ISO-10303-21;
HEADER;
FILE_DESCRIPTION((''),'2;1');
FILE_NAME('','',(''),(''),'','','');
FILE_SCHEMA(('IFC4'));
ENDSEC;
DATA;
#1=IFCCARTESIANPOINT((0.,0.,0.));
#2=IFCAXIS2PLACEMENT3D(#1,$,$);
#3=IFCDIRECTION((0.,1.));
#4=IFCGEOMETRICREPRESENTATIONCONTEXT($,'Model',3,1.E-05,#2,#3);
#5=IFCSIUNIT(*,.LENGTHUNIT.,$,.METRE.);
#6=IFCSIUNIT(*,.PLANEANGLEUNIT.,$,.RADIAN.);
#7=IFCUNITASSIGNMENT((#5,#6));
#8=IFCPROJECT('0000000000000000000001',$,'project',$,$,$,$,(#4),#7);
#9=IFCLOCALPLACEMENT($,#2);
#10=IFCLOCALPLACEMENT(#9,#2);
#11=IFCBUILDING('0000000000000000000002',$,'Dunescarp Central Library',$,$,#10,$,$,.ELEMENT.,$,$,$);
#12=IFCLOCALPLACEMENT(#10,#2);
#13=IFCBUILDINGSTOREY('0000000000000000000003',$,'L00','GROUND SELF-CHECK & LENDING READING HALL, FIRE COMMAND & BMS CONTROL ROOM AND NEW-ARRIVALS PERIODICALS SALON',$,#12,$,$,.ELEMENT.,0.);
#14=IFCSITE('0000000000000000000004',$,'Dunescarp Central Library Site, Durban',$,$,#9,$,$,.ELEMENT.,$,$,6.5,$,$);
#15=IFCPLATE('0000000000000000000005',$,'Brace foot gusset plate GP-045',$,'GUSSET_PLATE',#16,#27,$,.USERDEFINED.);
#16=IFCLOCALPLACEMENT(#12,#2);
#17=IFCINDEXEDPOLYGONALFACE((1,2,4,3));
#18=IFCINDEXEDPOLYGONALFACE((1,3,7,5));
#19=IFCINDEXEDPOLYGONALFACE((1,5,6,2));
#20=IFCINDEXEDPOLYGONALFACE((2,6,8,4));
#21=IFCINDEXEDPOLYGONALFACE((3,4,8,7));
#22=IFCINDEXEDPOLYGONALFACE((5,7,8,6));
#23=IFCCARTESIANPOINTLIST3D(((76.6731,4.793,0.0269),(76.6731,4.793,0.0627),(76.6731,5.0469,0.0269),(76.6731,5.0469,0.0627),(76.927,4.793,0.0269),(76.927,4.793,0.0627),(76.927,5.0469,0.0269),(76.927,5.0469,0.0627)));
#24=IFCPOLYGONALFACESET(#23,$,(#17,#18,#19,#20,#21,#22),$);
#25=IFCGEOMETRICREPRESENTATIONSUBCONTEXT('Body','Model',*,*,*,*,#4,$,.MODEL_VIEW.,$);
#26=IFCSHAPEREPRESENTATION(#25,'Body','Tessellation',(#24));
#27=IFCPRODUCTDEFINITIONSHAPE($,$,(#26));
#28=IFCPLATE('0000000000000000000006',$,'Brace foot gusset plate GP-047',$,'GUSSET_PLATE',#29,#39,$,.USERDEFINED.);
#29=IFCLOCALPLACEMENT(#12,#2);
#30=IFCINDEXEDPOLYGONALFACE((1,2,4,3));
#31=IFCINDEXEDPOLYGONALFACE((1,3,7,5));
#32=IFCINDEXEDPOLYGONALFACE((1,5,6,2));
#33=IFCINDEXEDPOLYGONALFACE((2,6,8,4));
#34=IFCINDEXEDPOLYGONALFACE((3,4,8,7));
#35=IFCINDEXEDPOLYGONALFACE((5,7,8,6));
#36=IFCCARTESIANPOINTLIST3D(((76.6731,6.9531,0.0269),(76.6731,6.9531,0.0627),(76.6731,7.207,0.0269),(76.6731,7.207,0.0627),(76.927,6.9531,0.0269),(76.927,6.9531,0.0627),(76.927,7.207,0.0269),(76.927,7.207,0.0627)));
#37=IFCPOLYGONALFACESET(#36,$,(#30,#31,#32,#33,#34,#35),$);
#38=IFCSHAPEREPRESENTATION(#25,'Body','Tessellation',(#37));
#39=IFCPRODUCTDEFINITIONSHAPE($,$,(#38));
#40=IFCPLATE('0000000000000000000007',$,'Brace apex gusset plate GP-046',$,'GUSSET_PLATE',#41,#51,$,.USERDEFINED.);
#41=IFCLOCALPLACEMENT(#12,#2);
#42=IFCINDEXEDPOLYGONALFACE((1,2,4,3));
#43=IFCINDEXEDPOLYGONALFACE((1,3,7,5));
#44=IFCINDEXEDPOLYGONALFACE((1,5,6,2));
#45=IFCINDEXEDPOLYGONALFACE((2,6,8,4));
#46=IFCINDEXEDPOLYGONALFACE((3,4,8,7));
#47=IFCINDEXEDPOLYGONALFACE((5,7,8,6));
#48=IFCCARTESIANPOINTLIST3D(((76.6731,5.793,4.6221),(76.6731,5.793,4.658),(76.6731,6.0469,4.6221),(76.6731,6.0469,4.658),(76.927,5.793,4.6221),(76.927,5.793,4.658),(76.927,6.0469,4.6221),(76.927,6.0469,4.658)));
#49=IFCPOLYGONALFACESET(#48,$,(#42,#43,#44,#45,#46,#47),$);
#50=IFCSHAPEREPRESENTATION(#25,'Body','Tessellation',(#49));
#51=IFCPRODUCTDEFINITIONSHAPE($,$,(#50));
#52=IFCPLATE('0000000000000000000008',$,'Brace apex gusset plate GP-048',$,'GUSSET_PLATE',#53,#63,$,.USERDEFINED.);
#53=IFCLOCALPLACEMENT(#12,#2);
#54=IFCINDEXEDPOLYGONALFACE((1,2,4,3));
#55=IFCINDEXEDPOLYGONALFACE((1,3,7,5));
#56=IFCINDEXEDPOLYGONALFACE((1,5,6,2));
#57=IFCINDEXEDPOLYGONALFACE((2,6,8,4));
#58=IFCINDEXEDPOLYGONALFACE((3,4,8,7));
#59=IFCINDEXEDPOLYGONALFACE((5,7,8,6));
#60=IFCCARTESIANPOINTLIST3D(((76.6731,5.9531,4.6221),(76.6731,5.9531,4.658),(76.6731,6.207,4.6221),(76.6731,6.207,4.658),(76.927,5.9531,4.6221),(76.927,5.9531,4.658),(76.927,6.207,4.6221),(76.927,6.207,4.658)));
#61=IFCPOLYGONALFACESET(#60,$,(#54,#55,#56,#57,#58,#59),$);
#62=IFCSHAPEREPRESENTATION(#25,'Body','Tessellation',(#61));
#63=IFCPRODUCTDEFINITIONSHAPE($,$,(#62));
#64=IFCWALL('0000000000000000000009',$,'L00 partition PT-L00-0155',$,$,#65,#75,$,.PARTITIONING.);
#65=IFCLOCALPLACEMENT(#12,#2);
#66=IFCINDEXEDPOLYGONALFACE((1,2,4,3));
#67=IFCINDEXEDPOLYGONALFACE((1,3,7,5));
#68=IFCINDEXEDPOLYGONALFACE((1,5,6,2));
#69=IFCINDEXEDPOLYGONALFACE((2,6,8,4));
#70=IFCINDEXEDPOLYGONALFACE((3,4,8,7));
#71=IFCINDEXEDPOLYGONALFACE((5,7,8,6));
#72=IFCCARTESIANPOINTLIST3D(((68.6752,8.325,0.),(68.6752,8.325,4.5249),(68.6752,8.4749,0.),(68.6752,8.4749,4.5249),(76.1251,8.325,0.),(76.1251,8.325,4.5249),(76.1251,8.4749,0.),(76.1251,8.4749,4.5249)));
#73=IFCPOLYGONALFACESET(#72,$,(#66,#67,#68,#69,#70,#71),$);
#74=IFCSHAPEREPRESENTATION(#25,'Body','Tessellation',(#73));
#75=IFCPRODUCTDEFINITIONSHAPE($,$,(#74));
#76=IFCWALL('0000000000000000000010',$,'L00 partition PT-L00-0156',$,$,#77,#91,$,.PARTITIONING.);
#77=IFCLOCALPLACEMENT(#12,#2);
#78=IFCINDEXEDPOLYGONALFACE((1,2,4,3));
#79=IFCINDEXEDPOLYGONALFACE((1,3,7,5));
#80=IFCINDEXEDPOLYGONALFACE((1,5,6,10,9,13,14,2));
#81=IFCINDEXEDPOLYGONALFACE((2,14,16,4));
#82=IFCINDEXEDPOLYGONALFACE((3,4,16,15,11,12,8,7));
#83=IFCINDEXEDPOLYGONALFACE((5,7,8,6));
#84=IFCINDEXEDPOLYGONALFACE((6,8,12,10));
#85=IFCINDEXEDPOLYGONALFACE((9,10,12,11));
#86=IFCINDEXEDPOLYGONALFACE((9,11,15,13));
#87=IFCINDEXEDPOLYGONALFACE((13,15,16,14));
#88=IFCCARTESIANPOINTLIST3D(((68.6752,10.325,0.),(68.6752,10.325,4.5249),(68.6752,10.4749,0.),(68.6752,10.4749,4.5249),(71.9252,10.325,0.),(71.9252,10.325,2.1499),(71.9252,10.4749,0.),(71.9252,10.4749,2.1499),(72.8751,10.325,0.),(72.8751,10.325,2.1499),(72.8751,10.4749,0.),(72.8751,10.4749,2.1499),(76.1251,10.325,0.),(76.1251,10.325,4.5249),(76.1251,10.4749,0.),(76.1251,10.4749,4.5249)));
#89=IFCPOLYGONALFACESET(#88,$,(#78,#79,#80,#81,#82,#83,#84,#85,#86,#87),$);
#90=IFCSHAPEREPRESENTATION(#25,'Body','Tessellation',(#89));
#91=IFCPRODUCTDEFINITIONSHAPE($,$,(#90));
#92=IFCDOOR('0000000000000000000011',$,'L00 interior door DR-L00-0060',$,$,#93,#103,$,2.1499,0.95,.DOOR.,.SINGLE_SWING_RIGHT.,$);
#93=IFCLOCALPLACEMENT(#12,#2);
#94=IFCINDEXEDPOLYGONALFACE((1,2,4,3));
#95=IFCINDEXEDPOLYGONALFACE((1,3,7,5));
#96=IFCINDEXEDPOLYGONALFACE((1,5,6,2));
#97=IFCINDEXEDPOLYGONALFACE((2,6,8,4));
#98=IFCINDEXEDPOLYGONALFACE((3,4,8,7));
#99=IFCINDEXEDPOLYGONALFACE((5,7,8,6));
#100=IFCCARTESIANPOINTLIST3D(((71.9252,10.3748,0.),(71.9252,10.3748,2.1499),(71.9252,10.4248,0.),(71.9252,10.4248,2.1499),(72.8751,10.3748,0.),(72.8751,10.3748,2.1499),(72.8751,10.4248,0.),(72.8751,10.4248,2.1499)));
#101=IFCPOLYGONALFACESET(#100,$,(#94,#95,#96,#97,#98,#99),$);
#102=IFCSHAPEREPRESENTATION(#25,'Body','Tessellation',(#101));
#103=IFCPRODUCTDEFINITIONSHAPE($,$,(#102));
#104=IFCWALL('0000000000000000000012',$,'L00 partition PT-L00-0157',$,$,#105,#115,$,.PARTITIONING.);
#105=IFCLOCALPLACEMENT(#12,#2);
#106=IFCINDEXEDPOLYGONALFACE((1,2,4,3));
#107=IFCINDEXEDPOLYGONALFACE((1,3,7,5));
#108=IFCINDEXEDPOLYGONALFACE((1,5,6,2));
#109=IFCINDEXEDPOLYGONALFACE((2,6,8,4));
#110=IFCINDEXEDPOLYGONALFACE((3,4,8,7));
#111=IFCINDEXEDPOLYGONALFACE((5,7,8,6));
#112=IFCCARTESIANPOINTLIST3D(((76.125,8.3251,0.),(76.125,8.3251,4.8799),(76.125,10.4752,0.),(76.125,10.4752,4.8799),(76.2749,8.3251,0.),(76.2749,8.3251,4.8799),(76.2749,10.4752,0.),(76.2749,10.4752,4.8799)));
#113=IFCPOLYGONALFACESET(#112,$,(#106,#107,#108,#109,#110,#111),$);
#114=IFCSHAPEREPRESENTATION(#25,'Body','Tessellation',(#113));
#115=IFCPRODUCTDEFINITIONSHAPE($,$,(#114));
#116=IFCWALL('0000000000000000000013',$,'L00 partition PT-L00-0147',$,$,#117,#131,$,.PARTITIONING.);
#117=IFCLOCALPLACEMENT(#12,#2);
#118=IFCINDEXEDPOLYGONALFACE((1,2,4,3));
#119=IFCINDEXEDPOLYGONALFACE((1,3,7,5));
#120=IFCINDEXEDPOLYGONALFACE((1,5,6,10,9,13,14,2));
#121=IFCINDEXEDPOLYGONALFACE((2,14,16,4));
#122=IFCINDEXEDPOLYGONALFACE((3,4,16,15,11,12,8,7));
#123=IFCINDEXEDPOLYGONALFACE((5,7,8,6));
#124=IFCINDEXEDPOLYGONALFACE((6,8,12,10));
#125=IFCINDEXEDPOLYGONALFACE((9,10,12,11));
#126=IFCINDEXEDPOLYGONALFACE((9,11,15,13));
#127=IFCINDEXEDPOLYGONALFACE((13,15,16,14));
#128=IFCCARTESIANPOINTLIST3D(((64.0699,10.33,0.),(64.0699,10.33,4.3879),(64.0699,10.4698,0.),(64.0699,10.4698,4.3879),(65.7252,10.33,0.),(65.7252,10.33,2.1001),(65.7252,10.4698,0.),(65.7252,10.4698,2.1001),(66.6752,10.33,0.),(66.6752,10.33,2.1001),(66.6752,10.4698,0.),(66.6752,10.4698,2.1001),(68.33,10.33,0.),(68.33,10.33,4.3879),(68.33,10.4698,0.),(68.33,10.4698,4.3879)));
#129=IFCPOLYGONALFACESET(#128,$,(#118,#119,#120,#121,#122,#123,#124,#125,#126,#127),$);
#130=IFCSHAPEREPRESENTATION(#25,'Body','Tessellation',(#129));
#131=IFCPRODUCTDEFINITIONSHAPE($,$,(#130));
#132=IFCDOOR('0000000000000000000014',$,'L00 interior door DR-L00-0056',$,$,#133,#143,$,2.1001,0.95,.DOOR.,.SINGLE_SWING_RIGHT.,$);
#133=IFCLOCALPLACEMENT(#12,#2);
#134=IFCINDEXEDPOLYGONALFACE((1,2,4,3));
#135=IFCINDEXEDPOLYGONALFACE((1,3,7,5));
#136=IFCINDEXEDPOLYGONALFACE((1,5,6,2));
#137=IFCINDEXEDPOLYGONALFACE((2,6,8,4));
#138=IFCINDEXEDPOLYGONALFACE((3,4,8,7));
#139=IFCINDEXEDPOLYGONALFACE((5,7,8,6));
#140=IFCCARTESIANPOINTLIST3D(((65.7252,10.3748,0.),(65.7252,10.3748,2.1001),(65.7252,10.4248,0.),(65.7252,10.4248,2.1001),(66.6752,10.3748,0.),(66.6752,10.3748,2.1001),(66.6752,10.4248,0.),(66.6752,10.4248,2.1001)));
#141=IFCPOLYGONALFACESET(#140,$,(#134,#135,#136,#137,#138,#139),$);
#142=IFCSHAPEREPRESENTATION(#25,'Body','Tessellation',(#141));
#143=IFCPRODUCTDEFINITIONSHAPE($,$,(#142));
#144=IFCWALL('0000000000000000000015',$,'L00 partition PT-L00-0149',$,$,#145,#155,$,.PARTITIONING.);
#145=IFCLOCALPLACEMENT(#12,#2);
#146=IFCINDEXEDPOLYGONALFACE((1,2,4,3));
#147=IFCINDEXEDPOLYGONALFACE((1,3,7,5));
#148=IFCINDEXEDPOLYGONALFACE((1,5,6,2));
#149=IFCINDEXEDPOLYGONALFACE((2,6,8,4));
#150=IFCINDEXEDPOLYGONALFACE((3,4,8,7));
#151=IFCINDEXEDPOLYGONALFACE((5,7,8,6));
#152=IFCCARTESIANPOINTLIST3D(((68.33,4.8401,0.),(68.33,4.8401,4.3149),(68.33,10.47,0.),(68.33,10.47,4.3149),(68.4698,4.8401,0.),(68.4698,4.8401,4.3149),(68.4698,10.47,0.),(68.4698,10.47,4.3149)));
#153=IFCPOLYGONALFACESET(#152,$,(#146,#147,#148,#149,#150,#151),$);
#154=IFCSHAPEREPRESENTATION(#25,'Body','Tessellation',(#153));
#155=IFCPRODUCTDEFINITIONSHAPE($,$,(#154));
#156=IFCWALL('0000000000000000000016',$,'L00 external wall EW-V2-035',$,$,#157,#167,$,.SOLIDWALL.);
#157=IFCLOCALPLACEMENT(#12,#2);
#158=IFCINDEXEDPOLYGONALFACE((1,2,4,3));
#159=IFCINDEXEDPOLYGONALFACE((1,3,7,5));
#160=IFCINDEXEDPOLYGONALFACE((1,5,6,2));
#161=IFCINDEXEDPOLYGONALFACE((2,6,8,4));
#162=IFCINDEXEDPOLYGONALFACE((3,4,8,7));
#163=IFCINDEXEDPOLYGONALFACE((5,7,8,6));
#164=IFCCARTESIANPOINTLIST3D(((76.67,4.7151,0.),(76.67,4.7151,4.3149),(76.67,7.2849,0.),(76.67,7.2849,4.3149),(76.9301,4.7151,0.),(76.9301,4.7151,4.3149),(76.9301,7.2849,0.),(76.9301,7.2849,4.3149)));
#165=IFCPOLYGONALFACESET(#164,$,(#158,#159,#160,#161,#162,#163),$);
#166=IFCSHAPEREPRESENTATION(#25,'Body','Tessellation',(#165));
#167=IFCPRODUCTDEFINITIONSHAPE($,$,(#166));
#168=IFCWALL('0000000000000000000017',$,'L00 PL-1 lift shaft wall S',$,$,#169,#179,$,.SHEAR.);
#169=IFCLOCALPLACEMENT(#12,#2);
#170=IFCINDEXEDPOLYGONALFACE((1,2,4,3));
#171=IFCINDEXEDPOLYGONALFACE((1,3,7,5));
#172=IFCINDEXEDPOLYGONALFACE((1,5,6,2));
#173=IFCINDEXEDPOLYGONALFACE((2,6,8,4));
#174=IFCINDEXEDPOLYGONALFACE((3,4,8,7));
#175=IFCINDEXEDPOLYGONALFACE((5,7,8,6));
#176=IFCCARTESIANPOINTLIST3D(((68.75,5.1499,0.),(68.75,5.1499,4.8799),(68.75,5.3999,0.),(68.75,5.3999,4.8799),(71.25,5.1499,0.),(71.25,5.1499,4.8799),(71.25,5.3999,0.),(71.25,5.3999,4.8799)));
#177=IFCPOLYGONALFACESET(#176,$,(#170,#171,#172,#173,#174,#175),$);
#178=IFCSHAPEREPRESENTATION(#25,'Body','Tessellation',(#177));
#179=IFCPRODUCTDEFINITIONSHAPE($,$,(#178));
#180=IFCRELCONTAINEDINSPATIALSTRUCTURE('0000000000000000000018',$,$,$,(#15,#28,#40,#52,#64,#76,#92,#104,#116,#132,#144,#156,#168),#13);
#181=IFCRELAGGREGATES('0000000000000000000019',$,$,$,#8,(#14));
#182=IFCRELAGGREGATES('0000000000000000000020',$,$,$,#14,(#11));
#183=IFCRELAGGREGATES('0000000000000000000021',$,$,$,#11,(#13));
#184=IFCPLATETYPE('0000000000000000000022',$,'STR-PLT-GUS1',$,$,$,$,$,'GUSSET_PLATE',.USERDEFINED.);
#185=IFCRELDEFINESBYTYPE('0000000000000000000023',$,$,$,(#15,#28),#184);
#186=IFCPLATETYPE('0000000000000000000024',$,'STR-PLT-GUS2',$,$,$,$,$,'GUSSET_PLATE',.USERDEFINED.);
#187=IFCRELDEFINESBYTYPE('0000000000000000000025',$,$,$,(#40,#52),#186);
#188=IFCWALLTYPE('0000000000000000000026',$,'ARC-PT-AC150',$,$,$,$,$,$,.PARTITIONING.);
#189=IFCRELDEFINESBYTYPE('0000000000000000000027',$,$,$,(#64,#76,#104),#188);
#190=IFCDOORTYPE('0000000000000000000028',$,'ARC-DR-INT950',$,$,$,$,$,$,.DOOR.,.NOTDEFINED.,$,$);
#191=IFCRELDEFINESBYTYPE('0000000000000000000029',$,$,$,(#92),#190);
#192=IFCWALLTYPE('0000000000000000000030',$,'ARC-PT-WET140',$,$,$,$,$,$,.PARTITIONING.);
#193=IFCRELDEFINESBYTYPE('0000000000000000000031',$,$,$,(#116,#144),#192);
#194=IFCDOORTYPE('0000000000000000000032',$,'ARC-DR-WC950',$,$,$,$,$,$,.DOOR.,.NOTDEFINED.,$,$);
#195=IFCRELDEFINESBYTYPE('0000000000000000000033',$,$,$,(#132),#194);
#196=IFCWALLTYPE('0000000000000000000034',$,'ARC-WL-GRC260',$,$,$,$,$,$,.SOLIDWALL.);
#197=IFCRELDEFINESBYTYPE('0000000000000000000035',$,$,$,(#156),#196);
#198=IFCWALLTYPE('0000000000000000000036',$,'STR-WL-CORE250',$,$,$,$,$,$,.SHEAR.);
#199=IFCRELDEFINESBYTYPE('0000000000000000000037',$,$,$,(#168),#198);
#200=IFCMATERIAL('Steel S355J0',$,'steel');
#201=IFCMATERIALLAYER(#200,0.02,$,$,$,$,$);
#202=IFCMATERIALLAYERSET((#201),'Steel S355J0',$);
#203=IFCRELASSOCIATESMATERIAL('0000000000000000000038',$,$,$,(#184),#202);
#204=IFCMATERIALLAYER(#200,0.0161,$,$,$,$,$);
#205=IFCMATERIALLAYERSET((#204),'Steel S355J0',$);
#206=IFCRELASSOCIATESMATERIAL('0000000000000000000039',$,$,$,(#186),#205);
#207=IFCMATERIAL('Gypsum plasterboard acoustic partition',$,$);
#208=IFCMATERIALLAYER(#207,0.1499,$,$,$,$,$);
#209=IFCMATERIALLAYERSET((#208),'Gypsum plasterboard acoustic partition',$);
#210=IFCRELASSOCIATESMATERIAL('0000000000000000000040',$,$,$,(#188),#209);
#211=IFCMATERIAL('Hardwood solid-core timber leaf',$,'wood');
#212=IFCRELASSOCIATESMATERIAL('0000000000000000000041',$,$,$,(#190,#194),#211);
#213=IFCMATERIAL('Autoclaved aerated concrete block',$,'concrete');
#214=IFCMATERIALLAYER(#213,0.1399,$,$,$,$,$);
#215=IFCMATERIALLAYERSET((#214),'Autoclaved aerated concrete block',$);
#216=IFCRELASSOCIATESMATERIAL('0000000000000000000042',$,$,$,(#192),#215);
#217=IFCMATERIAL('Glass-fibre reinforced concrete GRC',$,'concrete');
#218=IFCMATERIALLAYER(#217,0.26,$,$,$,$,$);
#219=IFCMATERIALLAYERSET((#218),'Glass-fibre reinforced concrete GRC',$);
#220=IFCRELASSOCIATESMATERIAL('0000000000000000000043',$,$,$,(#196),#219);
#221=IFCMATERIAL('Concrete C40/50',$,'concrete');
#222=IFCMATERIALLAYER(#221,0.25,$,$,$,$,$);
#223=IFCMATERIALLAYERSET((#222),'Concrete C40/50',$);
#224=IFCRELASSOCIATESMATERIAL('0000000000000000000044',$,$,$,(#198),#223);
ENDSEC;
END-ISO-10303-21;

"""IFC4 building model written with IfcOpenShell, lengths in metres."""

from ifc_helpers import new_model, si_unit, direction, frame, frame_2d, origin, origin_2d, place, context, subcontext, project, spatial, rectangle, extrude, material, layer, layer_set, type_object, element, fill, save


model = new_model("IFC4")

# Units and contexts
model_context = context("Model", 3, precision=1e-05, world=origin(), true_north=direction((0.0, 1.0)))
body_context = subcontext(model_context, "Body", "Model", "MODEL_VIEW")
ifc_project = project(units=[si_unit("LENGTHUNIT", "METRE"), si_unit("PLANEANGLEUNIT", "RADIAN")], contexts=[model_context])

# Site, building, storey
site_placement = place(None, origin())
site = spatial("IfcSite", under=ifc_project, at=site_placement, Name="Dunescarp Central Library Site, Durban", CompositionType="ELEMENT", RefElevation=6.5)
building_placement = place(site_placement, origin())
building = spatial("IfcBuilding", under=site, at=building_placement, Name="Dunescarp Central Library", CompositionType="ELEMENT")
storey_placement = place(building_placement, origin())
storey = spatial("IfcBuildingStorey", under=building, at=storey_placement, Name="L00", Description="GROUND SELF-CHECK & LENDING READING HALL, FIRE COMMAND & BMS CONTROL ROOM AND NEW-ARRIVALS PERIODICALS SALON", CompositionType="ELEMENT", Elevation=0.0)

# Shared definitions
ifc_material_1 = material(Name="Concrete C40/50", Category="concrete")

# Shared definitions
ifc_material_2 = material(Name="Steel S355J0", Category="steel")

# Plates
ifc_layer_1 = layer(ifc_material_2, 0.02)
ifc_layer_set_1 = layer_set([ifc_layer_1], Name="Steel S355J0")
plate_type_1 = type_object("IfcPlateType", Name="STR-PLT-GUS1", ElementType="GUSSET_PLATE", PredefinedType="USERDEFINED", material=ifc_layer_set_1)
for number, where, z_axis, x_axis, name in (
    (1, (76.8, 4.9199, 0.0269), (0.0, 0.0, 1.0), (1.0, 0.0, 0.0), "Brace foot gusset plate GP-045"),
    (2, (76.8, 7.0801, 0.0269), (0.0, 0.0, 1.0), (1.0, 0.0, 0.0), "Brace foot gusset plate GP-047"),
):
    element("IfcPlate", number, at=place(storey_placement, frame(where, z_axis=z_axis, x_axis=x_axis)), inside=storey, type_object=plate_type_1, Name=name, ObjectType="GUSSET_PLATE", PredefinedType="USERDEFINED", context=body_context, shape_type="SweptSolid", body=[
        extrude(rectangle(XDim=0.2539, YDim=0.2539, at=origin_2d()), origin(), (0.0, 0.0, 1.0), 0.0359),
    ])
ifc_layer_2 = layer(ifc_material_2, 0.0161)
ifc_layer_set_2 = layer_set([ifc_layer_2], Name="Steel S355J0")
plate_type_2 = type_object("IfcPlateType", Name="STR-PLT-GUS2", ElementType="GUSSET_PLATE", PredefinedType="USERDEFINED", material=ifc_layer_set_2)
for number, where, z_axis, x_axis, name in (
    (3, (76.8, 5.9199, 4.6221), (0.0, 0.0, 1.0), (1.0, 0.0, 0.0), "Brace apex gusset plate GP-046"),
    (4, (76.8, 6.0801, 4.6221), (0.0, 0.0, 1.0), (1.0, 0.0, 0.0), "Brace apex gusset plate GP-048"),
):
    element("IfcPlate", number, at=place(storey_placement, frame(where, z_axis=z_axis, x_axis=x_axis)), inside=storey, type_object=plate_type_2, Name=name, ObjectType="GUSSET_PLATE", PredefinedType="USERDEFINED", context=body_context, shape_type="SweptSolid", body=[
        extrude(rectangle(XDim=0.2539, YDim=0.2539, at=origin_2d()), origin(), (0.0, 0.0, 1.0), 0.0359),
    ])

# Wall
ifc_material_3 = material(Name="Gypsum plasterboard acoustic partition")
ifc_layer_3 = layer(ifc_material_3, 0.1499)
ifc_layer_set_3 = layer_set([ifc_layer_3], Name="Gypsum plasterboard acoustic partition")
wall_type_1 = type_object("IfcWallType", Name="ARC-PT-AC150", PredefinedType="PARTITIONING", material=ifc_layer_set_3)
wall_1_placement = place(storey_placement, frame((68.675, 8.3999, 0.0), z_axis=(0.0, 0.0, 1.0), x_axis=(1.0, 0.0, 0.0)))
element("IfcWall", 5, at=wall_1_placement, inside=storey, type_object=wall_type_1, Name="L00 partition PT-L00-0155", PredefinedType="PARTITIONING", context=body_context, shape_type="SweptSolid", body=[
    extrude(rectangle(XDim=7.45, YDim=0.1499, at=frame_2d((3.7251, 0.0))), origin(), (0.0, 0.0, 1.0), 4.5249),
])

# Wall, opening, door
wall_2_placement = place(storey_placement, frame((68.675, 10.3999, 0.0), z_axis=(0.0, 0.0, 1.0), x_axis=(1.0, 0.0, 0.0)))
wall_2 = element("IfcWall", 6, at=wall_2_placement, inside=storey, type_object=wall_type_1, Name="L00 partition PT-L00-0156", PredefinedType="PARTITIONING", context=body_context, shape_type="SweptSolid", body=[
    extrude(rectangle(XDim=7.45, YDim=0.1499, at=frame_2d((3.7251, 0.0))), origin(), (0.0, 0.0, 1.0), 4.5249),
])
opening_1_placement = place(wall_2_placement, frame((3.25, 0.0, 0.0)))
opening_1 = element("IfcOpeningElement", 7, at=opening_1_placement, cuts=wall_2, PredefinedType="OPENING", context=body_context, shape_type="SweptSolid", body=[
    extrude(rectangle(XDim=0.95, YDim=2.1499, at=frame_2d((0.4751, 1.075))), frame((0.0, 0.085, 0.0), z_axis=(0.0, -1.0, 0.0), x_axis=(1.0, 0.0, 0.0)), (0.0, 0.0, 1.0), 0.1699),
])
ifc_material_4 = material(Name="Hardwood solid-core timber leaf", Category="wood")
door_type_1 = type_object("IfcDoorType", Name="ARC-DR-INT950", OperationType="NOTDEFINED", PredefinedType="DOOR", material=ifc_material_4)
door_1_placement = place(opening_1_placement, origin())
door_1 = element("IfcDoor", 8, at=door_1_placement, inside=storey, type_object=door_type_1, Name="L00 interior door DR-L00-0060", OperationType="SINGLE_SWING_RIGHT", OverallHeight=2.1499, OverallWidth=0.95, PredefinedType="DOOR", context=body_context, shape_type="SweptSolid", body=[
    extrude(rectangle(XDim=0.95, YDim=2.1499, at=frame_2d((0.4751, 1.075))), frame((0.0, 0.0249, 0.0), z_axis=(0.0, -1.0, 0.0), x_axis=(1.0, 0.0, 0.0)), (0.0, 0.0, 1.0), 0.05),
])
fill(opening_1, door_1)

# Wall
wall_3_placement = place(storey_placement, frame((76.2, 8.325, 0.0), z_axis=(0.0, 0.0, 1.0), x_axis=(0.0, 1.0, 0.0)))
element("IfcWall", 9, at=wall_3_placement, inside=storey, type_object=wall_type_1, Name="L00 partition PT-L00-0157", PredefinedType="PARTITIONING", context=body_context, shape_type="SweptSolid", body=[
    extrude(rectangle(XDim=2.1501, YDim=0.1499, at=frame_2d((1.0752, 0.0))), origin(), (0.0, 0.0, 1.0), 4.8799),
])

# Wall, opening, door
ifc_material_5 = material(Name="Autoclaved aerated concrete block", Category="concrete")
ifc_layer_4 = layer(ifc_material_5, 0.1399)
ifc_layer_set_4 = layer_set([ifc_layer_4], Name="Autoclaved aerated concrete block")
wall_type_2 = type_object("IfcWallType", Name="ARC-PT-WET140", PredefinedType="PARTITIONING", material=ifc_layer_set_4)
wall_4_placement = place(storey_placement, frame((64.0701, 10.3999, 0.0), z_axis=(0.0, 0.0, 1.0), x_axis=(1.0, 0.0, 0.0)))
wall_4 = element("IfcWall", 10, at=wall_4_placement, inside=storey, type_object=wall_type_2, Name="L00 partition PT-L00-0147", PredefinedType="PARTITIONING", context=body_context, shape_type="SweptSolid", body=[
    extrude(rectangle(XDim=4.26, YDim=0.1399, at=frame_2d((2.1299, 0.0))), origin(), (0.0, 0.0, 1.0), 4.3879),
])
opening_2_placement = place(wall_4_placement, frame((1.655, 0.0, 0.0)))
opening_2 = element("IfcOpeningElement", 11, at=opening_2_placement, cuts=wall_4, PredefinedType="OPENING", context=body_context, shape_type="SweptSolid", body=[
    extrude(rectangle(XDim=0.95, YDim=2.1001, at=frame_2d((0.4751, 1.05))), frame((0.0, 0.0801, 0.0), z_axis=(0.0, -1.0, 0.0), x_axis=(1.0, 0.0, 0.0)), (0.0, 0.0, 1.0), 0.1599),
])
door_type_2 = type_object("IfcDoorType", Name="ARC-DR-WC950", OperationType="NOTDEFINED", PredefinedType="DOOR", material=ifc_material_4)
door_2_placement = place(opening_2_placement, origin())
door_2 = element("IfcDoor", 12, at=door_2_placement, inside=storey, type_object=door_type_2, Name="L00 interior door DR-L00-0056", OperationType="SINGLE_SWING_RIGHT", OverallHeight=2.1001, OverallWidth=0.95, PredefinedType="DOOR", context=body_context, shape_type="SweptSolid", body=[
    extrude(rectangle(XDim=0.95, YDim=2.1001, at=frame_2d((0.4751, 1.05))), frame((0.0, 0.0249, 0.0), z_axis=(0.0, -1.0, 0.0), x_axis=(1.0, 0.0, 0.0)), (0.0, 0.0, 1.0), 0.05),
])
fill(opening_2, door_2)

# Walls
wall_5_placement = place(storey_placement, frame((68.3999, 4.8401, 0.0), z_axis=(0.0, 0.0, 1.0), x_axis=(0.0, 1.0, 0.0)))
element("IfcWall", 13, at=wall_5_placement, inside=storey, type_object=wall_type_2, Name="L00 partition PT-L00-0149", PredefinedType="PARTITIONING", context=body_context, shape_type="SweptSolid", body=[
    extrude(rectangle(XDim=5.6299, YDim=0.1399, at=frame_2d((2.8149, 0.0))), origin(), (0.0, 0.0, 1.0), 4.3149),
])
ifc_material_6 = material(Name="Glass-fibre reinforced concrete GRC", Category="concrete")
ifc_layer_5 = layer(ifc_material_6, 0.26)
ifc_layer_set_5 = layer_set([ifc_layer_5], Name="Glass-fibre reinforced concrete GRC")
wall_type_3 = type_object("IfcWallType", Name="ARC-WL-GRC260", PredefinedType="SOLIDWALL", material=ifc_layer_set_5)
wall_6_placement = place(storey_placement, frame((76.8, 7.2849, 0.0), z_axis=(0.0, 0.0, 1.0), x_axis=(0.0, -1.0, 0.0)))
element("IfcWall", 14, at=wall_6_placement, inside=storey, type_object=wall_type_3, Name="L00 external wall EW-V2-035", PredefinedType="SOLIDWALL", context=body_context, shape_type="SweptSolid", body=[
    extrude(rectangle(XDim=2.5698, YDim=0.26, at=frame_2d((1.2849, 0.0))), origin(), (0.0, 0.0, 1.0), 4.3149),
])
ifc_layer_6 = layer(ifc_material_1, 0.25)
ifc_layer_set_6 = layer_set([ifc_layer_6], Name="Concrete C40/50")
wall_type_4 = type_object("IfcWallType", Name="STR-WL-CORE250", PredefinedType="SHEAR", material=ifc_layer_set_6)
wall_7_placement = place(storey_placement, frame((71.25, 5.2749, 0.0), z_axis=(0.0, 0.0, 1.0), x_axis=(-1.0, 0.0, 0.0)))
element("IfcWall", 15, at=wall_7_placement, inside=storey, type_object=wall_type_4, Name="L00 PL-1 lift shaft wall S", PredefinedType="SHEAR", context=body_context, shape_type="SweptSolid", body=[
    extrude(rectangle(XDim=2.5, YDim=0.25, at=frame_2d((1.25, 0.0))), origin(), (0.0, 0.0, 1.0), 4.8799),
])

save(model, "model.ifc")
